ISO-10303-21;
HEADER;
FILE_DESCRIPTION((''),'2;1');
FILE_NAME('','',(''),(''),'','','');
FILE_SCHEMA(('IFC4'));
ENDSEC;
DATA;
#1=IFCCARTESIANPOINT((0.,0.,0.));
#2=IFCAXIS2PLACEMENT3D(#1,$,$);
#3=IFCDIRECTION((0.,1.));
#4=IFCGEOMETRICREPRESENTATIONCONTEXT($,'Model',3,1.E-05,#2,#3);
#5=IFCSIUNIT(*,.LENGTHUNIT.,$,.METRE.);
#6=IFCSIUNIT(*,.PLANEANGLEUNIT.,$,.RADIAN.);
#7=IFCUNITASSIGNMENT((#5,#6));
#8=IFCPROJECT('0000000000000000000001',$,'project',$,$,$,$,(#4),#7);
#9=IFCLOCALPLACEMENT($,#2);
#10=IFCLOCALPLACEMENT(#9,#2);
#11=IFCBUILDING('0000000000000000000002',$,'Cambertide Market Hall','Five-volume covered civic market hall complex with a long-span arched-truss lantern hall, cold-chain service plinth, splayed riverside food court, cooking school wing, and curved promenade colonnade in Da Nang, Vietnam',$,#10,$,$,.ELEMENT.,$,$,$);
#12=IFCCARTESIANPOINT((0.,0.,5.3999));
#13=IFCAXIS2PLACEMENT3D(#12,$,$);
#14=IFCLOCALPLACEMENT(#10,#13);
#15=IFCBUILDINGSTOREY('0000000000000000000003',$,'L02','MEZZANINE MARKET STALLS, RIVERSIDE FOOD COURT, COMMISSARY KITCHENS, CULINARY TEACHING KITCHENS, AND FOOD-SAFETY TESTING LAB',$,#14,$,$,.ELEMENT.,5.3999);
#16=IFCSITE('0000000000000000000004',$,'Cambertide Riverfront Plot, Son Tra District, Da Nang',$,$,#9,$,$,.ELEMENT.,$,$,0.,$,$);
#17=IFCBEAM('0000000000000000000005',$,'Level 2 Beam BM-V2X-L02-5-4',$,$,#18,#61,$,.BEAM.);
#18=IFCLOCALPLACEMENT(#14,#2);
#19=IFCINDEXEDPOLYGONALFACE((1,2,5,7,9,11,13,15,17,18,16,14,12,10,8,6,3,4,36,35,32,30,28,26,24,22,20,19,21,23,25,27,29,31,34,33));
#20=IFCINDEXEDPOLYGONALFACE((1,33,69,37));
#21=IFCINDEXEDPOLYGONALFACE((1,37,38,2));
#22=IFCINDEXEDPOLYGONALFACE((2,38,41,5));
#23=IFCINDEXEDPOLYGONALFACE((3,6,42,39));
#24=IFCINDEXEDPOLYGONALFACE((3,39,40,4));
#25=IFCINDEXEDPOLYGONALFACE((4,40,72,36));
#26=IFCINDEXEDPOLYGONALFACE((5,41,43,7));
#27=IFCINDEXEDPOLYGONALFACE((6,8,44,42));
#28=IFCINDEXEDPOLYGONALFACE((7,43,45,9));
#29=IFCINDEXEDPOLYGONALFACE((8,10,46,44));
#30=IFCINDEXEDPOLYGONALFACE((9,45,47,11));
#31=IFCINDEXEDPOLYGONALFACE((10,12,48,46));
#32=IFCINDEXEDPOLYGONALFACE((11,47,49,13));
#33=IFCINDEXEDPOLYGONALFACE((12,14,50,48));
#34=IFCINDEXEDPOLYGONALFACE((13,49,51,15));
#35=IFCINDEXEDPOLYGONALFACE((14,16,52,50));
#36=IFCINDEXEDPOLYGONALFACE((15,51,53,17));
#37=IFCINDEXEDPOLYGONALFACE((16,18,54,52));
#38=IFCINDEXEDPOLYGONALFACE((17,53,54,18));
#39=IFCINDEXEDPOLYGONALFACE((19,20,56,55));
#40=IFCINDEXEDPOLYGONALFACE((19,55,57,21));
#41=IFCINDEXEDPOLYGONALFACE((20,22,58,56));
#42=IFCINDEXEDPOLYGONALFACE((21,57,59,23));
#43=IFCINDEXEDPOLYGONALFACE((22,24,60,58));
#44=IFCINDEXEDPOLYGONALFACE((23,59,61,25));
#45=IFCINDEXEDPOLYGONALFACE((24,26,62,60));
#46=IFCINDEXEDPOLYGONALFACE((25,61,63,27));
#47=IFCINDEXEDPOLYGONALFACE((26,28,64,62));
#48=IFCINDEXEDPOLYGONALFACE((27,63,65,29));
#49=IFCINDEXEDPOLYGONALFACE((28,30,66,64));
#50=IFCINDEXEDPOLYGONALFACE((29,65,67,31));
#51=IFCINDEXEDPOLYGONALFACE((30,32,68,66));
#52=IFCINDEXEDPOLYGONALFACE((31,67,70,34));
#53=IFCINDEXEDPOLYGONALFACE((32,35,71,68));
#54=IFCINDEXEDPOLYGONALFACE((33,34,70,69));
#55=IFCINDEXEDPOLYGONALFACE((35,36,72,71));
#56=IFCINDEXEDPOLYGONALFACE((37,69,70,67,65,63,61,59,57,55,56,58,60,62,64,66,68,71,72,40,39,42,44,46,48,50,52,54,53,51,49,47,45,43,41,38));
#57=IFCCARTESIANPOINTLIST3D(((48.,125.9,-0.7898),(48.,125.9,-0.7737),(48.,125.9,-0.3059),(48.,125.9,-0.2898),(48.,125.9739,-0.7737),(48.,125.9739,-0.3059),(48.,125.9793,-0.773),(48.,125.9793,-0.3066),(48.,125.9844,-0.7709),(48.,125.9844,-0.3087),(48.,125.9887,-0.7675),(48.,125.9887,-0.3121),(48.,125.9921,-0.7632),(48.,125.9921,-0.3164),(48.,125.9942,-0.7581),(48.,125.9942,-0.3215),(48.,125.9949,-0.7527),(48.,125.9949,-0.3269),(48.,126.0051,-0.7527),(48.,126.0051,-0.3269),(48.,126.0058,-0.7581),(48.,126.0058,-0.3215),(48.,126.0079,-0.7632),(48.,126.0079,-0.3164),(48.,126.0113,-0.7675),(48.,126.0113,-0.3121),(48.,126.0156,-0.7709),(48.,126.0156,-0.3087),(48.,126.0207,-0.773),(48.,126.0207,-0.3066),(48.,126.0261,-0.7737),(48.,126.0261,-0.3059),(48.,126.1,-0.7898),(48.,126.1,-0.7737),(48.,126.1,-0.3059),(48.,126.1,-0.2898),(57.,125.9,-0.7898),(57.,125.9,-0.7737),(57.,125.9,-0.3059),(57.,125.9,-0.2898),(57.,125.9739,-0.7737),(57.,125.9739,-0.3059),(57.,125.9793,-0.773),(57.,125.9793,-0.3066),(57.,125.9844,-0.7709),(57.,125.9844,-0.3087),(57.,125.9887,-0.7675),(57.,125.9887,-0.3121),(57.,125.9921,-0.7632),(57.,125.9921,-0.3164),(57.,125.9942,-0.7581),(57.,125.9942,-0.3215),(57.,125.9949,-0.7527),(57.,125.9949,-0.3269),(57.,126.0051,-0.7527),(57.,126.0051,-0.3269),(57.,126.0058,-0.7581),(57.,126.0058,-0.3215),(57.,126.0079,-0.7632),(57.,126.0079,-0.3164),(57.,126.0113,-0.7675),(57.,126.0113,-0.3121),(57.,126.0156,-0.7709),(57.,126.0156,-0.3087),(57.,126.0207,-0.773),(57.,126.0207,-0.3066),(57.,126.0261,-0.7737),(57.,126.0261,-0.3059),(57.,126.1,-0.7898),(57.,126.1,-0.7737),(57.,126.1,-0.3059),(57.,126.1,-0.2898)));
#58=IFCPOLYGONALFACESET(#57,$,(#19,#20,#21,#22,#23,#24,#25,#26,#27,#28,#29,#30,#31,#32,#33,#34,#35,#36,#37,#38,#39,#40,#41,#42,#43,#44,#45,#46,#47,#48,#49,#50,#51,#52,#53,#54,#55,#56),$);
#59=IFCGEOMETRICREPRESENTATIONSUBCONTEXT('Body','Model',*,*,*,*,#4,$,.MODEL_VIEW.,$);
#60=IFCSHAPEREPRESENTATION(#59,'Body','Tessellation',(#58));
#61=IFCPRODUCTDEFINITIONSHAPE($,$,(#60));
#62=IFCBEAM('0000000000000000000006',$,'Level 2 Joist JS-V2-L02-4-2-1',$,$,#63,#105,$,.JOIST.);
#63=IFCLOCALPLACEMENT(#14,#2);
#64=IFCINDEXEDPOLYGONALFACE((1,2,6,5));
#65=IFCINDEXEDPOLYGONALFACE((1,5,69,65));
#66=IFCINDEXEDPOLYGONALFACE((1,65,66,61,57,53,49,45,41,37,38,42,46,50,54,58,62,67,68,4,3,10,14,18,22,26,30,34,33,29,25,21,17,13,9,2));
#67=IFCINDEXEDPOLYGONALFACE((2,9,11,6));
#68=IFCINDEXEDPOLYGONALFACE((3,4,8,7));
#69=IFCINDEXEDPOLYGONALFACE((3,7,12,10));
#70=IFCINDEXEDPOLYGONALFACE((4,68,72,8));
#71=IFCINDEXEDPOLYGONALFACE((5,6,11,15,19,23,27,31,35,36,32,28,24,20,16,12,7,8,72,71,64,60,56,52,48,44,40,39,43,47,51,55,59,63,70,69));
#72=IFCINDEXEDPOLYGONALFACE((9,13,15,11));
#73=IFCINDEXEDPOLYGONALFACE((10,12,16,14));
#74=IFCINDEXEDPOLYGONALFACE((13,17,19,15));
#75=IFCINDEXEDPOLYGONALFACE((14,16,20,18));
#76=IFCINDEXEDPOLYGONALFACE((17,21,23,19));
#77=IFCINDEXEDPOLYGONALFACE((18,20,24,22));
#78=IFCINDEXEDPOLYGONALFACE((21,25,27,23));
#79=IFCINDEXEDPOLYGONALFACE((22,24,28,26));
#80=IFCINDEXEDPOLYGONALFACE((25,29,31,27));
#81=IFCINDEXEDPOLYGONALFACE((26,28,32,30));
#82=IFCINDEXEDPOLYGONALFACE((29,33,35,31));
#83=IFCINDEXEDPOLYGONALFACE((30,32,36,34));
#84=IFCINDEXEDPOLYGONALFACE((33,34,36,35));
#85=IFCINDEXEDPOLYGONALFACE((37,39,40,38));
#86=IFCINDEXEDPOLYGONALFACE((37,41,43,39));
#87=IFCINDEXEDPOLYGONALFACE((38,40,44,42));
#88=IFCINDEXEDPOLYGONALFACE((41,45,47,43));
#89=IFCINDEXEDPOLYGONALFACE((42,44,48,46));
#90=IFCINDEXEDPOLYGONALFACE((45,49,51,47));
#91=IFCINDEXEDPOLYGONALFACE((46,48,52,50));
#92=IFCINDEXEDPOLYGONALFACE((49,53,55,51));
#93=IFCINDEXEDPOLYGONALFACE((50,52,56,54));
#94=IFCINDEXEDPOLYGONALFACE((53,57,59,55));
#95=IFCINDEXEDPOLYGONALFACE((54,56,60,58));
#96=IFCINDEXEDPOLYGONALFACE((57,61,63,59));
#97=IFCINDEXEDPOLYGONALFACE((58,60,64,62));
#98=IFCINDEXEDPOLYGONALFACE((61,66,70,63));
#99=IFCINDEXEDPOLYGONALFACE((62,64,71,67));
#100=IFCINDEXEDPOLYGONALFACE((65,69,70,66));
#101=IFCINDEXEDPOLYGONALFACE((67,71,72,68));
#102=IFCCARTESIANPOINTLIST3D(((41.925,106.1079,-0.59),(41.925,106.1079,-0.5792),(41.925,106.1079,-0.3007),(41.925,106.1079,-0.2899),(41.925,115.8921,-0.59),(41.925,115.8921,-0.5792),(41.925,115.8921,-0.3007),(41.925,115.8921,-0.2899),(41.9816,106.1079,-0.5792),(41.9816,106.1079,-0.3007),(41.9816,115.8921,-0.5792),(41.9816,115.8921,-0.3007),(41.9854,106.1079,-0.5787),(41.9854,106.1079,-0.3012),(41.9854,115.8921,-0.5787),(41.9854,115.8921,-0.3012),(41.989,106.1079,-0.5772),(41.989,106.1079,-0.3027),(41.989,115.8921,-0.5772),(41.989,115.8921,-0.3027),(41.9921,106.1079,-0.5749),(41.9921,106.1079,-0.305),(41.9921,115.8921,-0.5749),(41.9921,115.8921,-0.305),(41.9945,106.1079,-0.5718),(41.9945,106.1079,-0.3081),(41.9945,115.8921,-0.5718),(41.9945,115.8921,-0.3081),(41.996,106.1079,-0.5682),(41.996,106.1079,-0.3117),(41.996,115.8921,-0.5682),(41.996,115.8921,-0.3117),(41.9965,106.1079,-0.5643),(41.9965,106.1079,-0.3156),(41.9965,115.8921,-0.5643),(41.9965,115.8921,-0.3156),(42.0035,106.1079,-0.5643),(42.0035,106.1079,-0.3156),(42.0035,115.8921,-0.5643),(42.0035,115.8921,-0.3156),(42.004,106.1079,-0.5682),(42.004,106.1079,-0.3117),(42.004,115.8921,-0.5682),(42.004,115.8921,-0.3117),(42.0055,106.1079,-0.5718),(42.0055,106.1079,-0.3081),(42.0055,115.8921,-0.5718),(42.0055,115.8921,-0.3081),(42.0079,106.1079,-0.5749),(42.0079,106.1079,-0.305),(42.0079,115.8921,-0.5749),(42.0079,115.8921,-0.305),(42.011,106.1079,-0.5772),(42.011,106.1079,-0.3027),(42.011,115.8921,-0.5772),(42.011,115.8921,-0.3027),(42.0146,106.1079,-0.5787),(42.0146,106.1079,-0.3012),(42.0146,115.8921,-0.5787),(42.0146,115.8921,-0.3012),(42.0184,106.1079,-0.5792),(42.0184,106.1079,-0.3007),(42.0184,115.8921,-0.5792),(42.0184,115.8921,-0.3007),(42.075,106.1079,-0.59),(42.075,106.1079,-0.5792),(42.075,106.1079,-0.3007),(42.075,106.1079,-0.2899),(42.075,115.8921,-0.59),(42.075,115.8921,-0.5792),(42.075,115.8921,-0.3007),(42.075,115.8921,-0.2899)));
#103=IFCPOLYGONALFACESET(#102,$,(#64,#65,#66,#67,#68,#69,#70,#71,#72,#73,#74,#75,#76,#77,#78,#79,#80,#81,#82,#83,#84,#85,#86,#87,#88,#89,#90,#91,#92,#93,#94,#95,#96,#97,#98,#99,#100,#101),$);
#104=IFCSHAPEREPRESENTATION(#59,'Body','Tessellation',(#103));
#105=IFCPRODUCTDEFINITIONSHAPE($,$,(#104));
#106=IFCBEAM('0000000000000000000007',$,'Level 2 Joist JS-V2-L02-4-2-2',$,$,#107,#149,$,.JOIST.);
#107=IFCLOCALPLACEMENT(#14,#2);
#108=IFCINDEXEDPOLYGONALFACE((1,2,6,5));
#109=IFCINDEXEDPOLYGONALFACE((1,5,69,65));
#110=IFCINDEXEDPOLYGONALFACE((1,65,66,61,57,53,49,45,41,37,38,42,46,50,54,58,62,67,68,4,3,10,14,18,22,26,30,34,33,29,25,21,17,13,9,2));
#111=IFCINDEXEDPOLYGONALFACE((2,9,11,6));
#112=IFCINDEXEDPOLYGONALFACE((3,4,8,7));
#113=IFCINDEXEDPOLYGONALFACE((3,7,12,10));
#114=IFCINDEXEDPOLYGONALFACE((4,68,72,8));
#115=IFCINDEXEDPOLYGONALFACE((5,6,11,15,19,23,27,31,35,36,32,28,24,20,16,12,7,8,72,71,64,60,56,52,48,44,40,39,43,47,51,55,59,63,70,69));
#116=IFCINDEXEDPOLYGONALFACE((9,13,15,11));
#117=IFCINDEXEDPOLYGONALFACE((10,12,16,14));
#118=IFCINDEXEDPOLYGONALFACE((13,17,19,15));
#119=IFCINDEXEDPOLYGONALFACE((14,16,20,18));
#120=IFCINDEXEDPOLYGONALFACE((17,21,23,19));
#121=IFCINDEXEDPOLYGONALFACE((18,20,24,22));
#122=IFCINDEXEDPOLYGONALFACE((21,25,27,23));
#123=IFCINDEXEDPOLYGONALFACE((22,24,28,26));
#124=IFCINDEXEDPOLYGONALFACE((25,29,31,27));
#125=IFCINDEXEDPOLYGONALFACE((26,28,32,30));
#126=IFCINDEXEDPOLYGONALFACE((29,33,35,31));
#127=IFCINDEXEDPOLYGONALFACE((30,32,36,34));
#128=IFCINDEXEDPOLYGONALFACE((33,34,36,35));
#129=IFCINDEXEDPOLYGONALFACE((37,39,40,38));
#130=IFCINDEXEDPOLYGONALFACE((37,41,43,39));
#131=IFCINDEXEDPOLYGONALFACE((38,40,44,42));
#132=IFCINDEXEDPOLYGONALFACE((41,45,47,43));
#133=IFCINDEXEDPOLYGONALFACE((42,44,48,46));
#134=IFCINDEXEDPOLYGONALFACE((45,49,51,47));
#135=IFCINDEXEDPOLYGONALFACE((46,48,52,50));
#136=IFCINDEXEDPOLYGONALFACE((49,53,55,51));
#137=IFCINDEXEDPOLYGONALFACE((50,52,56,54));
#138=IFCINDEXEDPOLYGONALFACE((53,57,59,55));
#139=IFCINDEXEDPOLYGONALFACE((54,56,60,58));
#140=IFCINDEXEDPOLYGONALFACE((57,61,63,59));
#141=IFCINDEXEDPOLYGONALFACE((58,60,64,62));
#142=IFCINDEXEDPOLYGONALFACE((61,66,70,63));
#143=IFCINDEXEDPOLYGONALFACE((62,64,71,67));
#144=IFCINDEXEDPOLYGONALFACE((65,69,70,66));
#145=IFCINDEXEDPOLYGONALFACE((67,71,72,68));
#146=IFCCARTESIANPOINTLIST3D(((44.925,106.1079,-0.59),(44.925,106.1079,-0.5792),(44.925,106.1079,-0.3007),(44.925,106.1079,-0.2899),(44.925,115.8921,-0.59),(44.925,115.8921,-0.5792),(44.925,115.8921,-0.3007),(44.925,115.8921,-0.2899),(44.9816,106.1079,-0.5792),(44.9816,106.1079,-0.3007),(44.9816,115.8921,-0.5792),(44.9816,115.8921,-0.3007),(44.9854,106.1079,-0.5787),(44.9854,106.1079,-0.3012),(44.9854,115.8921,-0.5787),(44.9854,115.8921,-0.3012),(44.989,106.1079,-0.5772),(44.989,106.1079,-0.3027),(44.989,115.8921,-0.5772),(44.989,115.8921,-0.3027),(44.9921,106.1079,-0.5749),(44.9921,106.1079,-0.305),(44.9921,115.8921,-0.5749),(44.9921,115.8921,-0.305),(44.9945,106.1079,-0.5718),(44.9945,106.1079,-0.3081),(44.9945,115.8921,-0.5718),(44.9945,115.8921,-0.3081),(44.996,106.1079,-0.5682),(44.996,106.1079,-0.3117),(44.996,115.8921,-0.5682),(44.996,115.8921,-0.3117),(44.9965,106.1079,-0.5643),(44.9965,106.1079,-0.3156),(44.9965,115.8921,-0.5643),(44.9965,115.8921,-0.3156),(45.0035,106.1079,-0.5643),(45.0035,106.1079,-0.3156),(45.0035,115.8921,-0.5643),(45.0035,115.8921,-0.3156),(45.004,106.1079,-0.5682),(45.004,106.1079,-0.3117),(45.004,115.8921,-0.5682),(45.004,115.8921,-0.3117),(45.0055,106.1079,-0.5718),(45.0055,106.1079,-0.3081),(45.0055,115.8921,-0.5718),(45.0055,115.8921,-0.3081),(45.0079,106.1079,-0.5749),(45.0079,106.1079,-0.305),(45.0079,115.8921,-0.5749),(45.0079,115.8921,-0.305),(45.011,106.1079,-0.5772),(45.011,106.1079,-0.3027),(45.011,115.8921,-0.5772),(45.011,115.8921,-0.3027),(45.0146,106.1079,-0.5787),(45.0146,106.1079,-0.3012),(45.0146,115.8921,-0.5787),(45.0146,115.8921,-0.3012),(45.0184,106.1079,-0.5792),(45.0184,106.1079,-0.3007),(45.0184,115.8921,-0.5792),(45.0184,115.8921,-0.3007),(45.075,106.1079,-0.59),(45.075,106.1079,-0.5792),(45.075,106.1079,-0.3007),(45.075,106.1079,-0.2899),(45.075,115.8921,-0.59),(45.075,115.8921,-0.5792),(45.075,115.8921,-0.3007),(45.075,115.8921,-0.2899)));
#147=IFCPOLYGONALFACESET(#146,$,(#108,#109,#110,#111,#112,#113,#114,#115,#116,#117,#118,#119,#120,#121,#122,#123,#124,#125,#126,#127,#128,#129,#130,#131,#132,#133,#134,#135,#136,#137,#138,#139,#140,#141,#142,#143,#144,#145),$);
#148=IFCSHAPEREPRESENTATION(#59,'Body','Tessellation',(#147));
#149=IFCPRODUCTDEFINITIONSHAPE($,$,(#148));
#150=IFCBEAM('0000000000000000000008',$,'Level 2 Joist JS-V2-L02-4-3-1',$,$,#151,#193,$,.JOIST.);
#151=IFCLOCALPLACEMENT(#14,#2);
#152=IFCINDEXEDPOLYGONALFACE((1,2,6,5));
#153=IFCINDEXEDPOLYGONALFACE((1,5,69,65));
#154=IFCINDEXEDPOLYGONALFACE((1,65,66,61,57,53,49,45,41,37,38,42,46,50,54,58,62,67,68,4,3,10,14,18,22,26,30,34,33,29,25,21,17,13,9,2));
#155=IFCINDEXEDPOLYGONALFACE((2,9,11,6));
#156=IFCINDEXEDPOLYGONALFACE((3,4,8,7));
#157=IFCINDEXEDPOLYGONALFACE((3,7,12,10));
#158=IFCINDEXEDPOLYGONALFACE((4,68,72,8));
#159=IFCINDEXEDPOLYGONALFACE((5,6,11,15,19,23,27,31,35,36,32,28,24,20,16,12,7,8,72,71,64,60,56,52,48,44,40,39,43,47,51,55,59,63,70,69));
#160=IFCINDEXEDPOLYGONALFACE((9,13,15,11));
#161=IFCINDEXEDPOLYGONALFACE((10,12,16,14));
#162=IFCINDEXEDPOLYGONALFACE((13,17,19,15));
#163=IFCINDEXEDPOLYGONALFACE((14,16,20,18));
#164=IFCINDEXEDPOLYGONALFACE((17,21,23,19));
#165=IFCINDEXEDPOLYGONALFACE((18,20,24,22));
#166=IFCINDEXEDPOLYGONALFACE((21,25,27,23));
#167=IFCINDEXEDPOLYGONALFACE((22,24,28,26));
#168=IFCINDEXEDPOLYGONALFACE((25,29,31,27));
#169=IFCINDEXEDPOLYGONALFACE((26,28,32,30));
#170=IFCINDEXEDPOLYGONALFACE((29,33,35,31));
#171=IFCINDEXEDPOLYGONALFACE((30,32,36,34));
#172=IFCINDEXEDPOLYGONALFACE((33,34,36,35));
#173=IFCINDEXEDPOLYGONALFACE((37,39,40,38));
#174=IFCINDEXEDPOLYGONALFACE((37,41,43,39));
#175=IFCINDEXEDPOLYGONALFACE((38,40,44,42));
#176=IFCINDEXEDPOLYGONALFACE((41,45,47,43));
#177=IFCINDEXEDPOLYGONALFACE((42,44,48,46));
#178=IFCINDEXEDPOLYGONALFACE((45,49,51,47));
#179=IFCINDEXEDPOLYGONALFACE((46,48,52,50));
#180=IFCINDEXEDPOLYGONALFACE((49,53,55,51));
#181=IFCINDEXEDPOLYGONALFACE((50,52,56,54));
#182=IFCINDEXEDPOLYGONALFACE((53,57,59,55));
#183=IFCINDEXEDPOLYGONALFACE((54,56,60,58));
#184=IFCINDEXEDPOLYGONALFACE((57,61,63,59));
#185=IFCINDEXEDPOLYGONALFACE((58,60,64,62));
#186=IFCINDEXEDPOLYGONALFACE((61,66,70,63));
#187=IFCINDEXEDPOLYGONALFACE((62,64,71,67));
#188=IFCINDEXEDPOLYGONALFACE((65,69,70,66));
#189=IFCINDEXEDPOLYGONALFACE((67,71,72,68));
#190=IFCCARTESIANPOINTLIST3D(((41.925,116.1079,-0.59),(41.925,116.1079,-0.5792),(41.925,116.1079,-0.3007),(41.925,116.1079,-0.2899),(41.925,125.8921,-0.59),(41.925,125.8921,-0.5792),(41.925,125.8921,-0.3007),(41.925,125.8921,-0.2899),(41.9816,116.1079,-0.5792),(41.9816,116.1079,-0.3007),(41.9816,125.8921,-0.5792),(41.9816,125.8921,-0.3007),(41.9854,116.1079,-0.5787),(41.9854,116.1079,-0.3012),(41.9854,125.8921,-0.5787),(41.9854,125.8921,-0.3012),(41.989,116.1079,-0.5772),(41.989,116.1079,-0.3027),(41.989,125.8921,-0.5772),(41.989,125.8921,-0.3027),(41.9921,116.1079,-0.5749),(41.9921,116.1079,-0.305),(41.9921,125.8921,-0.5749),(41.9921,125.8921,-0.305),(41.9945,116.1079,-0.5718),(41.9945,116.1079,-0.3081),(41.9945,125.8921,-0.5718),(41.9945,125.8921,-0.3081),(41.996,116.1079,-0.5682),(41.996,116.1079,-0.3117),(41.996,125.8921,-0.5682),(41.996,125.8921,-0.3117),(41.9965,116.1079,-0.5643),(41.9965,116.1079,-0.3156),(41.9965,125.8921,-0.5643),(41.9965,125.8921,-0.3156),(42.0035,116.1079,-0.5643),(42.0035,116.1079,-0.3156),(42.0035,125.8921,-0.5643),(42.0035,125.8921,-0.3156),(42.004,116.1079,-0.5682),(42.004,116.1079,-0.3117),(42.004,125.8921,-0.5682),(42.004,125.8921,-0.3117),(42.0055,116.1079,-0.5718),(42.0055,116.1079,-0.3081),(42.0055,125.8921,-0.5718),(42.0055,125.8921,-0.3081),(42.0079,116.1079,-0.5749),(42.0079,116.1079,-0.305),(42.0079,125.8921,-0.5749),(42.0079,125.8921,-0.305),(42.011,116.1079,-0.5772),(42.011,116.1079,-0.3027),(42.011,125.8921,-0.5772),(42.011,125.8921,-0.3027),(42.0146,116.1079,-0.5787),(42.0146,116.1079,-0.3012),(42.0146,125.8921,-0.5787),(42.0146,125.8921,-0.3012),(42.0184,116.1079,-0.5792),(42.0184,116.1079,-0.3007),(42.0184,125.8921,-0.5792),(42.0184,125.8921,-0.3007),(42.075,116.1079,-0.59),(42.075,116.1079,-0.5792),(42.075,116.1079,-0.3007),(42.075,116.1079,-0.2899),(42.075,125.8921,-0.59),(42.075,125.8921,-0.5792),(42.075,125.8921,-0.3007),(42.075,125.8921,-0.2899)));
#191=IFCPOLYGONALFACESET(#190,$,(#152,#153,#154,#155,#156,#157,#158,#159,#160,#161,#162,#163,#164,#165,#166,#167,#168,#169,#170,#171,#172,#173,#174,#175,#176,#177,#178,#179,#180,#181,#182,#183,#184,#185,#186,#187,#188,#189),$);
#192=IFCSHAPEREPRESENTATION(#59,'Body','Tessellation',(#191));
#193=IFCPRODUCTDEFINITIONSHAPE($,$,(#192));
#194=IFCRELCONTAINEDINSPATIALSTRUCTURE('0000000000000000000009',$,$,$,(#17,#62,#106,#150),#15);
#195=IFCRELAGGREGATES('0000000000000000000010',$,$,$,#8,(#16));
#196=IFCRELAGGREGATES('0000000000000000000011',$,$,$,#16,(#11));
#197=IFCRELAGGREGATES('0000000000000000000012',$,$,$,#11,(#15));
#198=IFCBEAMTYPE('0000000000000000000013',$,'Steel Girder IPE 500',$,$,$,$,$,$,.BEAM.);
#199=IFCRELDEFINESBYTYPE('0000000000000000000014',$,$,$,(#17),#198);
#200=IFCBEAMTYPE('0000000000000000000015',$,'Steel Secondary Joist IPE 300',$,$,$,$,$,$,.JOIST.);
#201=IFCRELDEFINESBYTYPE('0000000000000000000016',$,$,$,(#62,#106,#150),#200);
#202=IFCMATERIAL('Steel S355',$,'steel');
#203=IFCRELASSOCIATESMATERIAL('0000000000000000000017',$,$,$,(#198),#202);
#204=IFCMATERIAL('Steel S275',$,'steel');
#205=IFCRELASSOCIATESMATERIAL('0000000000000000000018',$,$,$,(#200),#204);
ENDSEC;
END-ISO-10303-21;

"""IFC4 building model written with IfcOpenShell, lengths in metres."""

from ifc_helpers import new_model, si_unit, direction, frame, origin, origin_2d, place, context, subcontext, project, spatial, i_section, extrude, material, material_profile, profile_set, type_object, element, save


model = new_model("IFC4")

# Units and contexts
model_context = context("Model", 3, precision=1e-05, world=origin(), true_north=direction((0.0, 1.0)))
body_context = subcontext(model_context, "Body", "Model", "MODEL_VIEW")
ifc_project = project(units=[si_unit("LENGTHUNIT", "METRE"), si_unit("PLANEANGLEUNIT", "RADIAN")], contexts=[model_context])

# Site, building, storey
site_placement = place(None, origin())
site = spatial("IfcSite", under=ifc_project, at=site_placement, Name="Cambertide Riverfront Plot, Son Tra District, Da Nang", CompositionType="ELEMENT", RefElevation=0.0)
building_placement = place(site_placement, origin())
building = spatial("IfcBuilding", under=site, at=building_placement, Name="Cambertide Market Hall", Description="Five-volume covered civic market hall complex with a long-span arched-truss lantern hall, cold-chain service plinth, splayed riverside food court, cooking school wing, and curved promenade colonnade in Da Nang, Vietnam", CompositionType="ELEMENT")
storey_placement = place(building_placement, frame((0.0, 0.0, 5.3999)))
storey = spatial("IfcBuildingStorey", under=building, at=storey_placement, Name="L02", Description="MEZZANINE MARKET STALLS, RIVERSIDE FOOD COURT, COMMISSARY KITCHENS, CULINARY TEACHING KITCHENS, AND FOOD-SAFETY TESTING LAB", CompositionType="ELEMENT", Elevation=5.3999)

# Beams
ifc_material_1 = material(Name="Steel S355", Category="steel")
ifc_material_profile_1 = material_profile(ifc_material_1, i_section(OverallWidth=0.2, OverallDepth=0.5, WebThickness=0.0103, FlangeThickness=0.0161, FilletRadius=0.021, at=origin_2d()), Name="IPE 500")
ifc_profile_set_1 = profile_set([ifc_material_profile_1], Name="Steel S355")
beam_type_1 = type_object("IfcBeamType", Name="Steel Girder IPE 500", PredefinedType="BEAM", material=ifc_profile_set_1)
for number, where, z_axis, x_axis, name in (
    (1, (48.0, 126.0, -0.5398), (1.0, 0.0, 0.0), (0.0, 1.0, 0.0), "Level 2 Beam BM-V2X-L02-5-4"),
):
    element("IfcBeam", number, at=place(storey_placement, frame(where, z_axis=z_axis, x_axis=x_axis)), inside=storey, type_object=beam_type_1, Name=name, PredefinedType="BEAM", context=body_context, shape_type="SweptSolid", body=[
        extrude(i_section(OverallWidth=0.2, OverallDepth=0.5, WebThickness=0.0103, FlangeThickness=0.0161, FilletRadius=0.021, at=origin_2d()), origin(), (0.0, 0.0, 1.0), 9.0),
    ])
ifc_material_2 = material(Name="Steel S275", Category="steel")
ifc_material_profile_2 = material_profile(ifc_material_2, i_section(OverallWidth=0.1499, OverallDepth=0.3, WebThickness=0.0071, FlangeThickness=0.0107, FilletRadius=0.0149, at=origin_2d()), Name="IPE 300")
ifc_profile_set_2 = profile_set([ifc_material_profile_2], Name="Steel S275")
beam_type_2 = type_object("IfcBeamType", Name="Steel Secondary Joist IPE 300", PredefinedType="JOIST", material=ifc_profile_set_2)
for number, where, z_axis, x_axis, name in (
    (2, (42.0, 106.1079, -0.4399), (0.0, 1.0, 0.0), (-1.0, 0.0, 0.0), "Level 2 Joist JS-V2-L02-4-2-1"),
    (3, (45.0, 106.1079, -0.4399), (0.0, 1.0, 0.0), (-1.0, 0.0, 0.0), "Level 2 Joist JS-V2-L02-4-2-2"),
    (4, (42.0, 116.1079, -0.4399), (0.0, 1.0, 0.0), (-1.0, 0.0, 0.0), "Level 2 Joist JS-V2-L02-4-3-1"),
):
    element("IfcBeam", number, at=place(storey_placement, frame(where, z_axis=z_axis, x_axis=x_axis)), inside=storey, type_object=beam_type_2, Name=name, PredefinedType="JOIST", context=body_context, shape_type="SweptSolid", body=[
        extrude(i_section(OverallWidth=0.1499, OverallDepth=0.3, WebThickness=0.0071, FlangeThickness=0.0107, FilletRadius=0.0149, at=origin_2d()), origin(), (0.0, 0.0, 1.0), 9.7842),
    ])

save(model, "model.ifc")
